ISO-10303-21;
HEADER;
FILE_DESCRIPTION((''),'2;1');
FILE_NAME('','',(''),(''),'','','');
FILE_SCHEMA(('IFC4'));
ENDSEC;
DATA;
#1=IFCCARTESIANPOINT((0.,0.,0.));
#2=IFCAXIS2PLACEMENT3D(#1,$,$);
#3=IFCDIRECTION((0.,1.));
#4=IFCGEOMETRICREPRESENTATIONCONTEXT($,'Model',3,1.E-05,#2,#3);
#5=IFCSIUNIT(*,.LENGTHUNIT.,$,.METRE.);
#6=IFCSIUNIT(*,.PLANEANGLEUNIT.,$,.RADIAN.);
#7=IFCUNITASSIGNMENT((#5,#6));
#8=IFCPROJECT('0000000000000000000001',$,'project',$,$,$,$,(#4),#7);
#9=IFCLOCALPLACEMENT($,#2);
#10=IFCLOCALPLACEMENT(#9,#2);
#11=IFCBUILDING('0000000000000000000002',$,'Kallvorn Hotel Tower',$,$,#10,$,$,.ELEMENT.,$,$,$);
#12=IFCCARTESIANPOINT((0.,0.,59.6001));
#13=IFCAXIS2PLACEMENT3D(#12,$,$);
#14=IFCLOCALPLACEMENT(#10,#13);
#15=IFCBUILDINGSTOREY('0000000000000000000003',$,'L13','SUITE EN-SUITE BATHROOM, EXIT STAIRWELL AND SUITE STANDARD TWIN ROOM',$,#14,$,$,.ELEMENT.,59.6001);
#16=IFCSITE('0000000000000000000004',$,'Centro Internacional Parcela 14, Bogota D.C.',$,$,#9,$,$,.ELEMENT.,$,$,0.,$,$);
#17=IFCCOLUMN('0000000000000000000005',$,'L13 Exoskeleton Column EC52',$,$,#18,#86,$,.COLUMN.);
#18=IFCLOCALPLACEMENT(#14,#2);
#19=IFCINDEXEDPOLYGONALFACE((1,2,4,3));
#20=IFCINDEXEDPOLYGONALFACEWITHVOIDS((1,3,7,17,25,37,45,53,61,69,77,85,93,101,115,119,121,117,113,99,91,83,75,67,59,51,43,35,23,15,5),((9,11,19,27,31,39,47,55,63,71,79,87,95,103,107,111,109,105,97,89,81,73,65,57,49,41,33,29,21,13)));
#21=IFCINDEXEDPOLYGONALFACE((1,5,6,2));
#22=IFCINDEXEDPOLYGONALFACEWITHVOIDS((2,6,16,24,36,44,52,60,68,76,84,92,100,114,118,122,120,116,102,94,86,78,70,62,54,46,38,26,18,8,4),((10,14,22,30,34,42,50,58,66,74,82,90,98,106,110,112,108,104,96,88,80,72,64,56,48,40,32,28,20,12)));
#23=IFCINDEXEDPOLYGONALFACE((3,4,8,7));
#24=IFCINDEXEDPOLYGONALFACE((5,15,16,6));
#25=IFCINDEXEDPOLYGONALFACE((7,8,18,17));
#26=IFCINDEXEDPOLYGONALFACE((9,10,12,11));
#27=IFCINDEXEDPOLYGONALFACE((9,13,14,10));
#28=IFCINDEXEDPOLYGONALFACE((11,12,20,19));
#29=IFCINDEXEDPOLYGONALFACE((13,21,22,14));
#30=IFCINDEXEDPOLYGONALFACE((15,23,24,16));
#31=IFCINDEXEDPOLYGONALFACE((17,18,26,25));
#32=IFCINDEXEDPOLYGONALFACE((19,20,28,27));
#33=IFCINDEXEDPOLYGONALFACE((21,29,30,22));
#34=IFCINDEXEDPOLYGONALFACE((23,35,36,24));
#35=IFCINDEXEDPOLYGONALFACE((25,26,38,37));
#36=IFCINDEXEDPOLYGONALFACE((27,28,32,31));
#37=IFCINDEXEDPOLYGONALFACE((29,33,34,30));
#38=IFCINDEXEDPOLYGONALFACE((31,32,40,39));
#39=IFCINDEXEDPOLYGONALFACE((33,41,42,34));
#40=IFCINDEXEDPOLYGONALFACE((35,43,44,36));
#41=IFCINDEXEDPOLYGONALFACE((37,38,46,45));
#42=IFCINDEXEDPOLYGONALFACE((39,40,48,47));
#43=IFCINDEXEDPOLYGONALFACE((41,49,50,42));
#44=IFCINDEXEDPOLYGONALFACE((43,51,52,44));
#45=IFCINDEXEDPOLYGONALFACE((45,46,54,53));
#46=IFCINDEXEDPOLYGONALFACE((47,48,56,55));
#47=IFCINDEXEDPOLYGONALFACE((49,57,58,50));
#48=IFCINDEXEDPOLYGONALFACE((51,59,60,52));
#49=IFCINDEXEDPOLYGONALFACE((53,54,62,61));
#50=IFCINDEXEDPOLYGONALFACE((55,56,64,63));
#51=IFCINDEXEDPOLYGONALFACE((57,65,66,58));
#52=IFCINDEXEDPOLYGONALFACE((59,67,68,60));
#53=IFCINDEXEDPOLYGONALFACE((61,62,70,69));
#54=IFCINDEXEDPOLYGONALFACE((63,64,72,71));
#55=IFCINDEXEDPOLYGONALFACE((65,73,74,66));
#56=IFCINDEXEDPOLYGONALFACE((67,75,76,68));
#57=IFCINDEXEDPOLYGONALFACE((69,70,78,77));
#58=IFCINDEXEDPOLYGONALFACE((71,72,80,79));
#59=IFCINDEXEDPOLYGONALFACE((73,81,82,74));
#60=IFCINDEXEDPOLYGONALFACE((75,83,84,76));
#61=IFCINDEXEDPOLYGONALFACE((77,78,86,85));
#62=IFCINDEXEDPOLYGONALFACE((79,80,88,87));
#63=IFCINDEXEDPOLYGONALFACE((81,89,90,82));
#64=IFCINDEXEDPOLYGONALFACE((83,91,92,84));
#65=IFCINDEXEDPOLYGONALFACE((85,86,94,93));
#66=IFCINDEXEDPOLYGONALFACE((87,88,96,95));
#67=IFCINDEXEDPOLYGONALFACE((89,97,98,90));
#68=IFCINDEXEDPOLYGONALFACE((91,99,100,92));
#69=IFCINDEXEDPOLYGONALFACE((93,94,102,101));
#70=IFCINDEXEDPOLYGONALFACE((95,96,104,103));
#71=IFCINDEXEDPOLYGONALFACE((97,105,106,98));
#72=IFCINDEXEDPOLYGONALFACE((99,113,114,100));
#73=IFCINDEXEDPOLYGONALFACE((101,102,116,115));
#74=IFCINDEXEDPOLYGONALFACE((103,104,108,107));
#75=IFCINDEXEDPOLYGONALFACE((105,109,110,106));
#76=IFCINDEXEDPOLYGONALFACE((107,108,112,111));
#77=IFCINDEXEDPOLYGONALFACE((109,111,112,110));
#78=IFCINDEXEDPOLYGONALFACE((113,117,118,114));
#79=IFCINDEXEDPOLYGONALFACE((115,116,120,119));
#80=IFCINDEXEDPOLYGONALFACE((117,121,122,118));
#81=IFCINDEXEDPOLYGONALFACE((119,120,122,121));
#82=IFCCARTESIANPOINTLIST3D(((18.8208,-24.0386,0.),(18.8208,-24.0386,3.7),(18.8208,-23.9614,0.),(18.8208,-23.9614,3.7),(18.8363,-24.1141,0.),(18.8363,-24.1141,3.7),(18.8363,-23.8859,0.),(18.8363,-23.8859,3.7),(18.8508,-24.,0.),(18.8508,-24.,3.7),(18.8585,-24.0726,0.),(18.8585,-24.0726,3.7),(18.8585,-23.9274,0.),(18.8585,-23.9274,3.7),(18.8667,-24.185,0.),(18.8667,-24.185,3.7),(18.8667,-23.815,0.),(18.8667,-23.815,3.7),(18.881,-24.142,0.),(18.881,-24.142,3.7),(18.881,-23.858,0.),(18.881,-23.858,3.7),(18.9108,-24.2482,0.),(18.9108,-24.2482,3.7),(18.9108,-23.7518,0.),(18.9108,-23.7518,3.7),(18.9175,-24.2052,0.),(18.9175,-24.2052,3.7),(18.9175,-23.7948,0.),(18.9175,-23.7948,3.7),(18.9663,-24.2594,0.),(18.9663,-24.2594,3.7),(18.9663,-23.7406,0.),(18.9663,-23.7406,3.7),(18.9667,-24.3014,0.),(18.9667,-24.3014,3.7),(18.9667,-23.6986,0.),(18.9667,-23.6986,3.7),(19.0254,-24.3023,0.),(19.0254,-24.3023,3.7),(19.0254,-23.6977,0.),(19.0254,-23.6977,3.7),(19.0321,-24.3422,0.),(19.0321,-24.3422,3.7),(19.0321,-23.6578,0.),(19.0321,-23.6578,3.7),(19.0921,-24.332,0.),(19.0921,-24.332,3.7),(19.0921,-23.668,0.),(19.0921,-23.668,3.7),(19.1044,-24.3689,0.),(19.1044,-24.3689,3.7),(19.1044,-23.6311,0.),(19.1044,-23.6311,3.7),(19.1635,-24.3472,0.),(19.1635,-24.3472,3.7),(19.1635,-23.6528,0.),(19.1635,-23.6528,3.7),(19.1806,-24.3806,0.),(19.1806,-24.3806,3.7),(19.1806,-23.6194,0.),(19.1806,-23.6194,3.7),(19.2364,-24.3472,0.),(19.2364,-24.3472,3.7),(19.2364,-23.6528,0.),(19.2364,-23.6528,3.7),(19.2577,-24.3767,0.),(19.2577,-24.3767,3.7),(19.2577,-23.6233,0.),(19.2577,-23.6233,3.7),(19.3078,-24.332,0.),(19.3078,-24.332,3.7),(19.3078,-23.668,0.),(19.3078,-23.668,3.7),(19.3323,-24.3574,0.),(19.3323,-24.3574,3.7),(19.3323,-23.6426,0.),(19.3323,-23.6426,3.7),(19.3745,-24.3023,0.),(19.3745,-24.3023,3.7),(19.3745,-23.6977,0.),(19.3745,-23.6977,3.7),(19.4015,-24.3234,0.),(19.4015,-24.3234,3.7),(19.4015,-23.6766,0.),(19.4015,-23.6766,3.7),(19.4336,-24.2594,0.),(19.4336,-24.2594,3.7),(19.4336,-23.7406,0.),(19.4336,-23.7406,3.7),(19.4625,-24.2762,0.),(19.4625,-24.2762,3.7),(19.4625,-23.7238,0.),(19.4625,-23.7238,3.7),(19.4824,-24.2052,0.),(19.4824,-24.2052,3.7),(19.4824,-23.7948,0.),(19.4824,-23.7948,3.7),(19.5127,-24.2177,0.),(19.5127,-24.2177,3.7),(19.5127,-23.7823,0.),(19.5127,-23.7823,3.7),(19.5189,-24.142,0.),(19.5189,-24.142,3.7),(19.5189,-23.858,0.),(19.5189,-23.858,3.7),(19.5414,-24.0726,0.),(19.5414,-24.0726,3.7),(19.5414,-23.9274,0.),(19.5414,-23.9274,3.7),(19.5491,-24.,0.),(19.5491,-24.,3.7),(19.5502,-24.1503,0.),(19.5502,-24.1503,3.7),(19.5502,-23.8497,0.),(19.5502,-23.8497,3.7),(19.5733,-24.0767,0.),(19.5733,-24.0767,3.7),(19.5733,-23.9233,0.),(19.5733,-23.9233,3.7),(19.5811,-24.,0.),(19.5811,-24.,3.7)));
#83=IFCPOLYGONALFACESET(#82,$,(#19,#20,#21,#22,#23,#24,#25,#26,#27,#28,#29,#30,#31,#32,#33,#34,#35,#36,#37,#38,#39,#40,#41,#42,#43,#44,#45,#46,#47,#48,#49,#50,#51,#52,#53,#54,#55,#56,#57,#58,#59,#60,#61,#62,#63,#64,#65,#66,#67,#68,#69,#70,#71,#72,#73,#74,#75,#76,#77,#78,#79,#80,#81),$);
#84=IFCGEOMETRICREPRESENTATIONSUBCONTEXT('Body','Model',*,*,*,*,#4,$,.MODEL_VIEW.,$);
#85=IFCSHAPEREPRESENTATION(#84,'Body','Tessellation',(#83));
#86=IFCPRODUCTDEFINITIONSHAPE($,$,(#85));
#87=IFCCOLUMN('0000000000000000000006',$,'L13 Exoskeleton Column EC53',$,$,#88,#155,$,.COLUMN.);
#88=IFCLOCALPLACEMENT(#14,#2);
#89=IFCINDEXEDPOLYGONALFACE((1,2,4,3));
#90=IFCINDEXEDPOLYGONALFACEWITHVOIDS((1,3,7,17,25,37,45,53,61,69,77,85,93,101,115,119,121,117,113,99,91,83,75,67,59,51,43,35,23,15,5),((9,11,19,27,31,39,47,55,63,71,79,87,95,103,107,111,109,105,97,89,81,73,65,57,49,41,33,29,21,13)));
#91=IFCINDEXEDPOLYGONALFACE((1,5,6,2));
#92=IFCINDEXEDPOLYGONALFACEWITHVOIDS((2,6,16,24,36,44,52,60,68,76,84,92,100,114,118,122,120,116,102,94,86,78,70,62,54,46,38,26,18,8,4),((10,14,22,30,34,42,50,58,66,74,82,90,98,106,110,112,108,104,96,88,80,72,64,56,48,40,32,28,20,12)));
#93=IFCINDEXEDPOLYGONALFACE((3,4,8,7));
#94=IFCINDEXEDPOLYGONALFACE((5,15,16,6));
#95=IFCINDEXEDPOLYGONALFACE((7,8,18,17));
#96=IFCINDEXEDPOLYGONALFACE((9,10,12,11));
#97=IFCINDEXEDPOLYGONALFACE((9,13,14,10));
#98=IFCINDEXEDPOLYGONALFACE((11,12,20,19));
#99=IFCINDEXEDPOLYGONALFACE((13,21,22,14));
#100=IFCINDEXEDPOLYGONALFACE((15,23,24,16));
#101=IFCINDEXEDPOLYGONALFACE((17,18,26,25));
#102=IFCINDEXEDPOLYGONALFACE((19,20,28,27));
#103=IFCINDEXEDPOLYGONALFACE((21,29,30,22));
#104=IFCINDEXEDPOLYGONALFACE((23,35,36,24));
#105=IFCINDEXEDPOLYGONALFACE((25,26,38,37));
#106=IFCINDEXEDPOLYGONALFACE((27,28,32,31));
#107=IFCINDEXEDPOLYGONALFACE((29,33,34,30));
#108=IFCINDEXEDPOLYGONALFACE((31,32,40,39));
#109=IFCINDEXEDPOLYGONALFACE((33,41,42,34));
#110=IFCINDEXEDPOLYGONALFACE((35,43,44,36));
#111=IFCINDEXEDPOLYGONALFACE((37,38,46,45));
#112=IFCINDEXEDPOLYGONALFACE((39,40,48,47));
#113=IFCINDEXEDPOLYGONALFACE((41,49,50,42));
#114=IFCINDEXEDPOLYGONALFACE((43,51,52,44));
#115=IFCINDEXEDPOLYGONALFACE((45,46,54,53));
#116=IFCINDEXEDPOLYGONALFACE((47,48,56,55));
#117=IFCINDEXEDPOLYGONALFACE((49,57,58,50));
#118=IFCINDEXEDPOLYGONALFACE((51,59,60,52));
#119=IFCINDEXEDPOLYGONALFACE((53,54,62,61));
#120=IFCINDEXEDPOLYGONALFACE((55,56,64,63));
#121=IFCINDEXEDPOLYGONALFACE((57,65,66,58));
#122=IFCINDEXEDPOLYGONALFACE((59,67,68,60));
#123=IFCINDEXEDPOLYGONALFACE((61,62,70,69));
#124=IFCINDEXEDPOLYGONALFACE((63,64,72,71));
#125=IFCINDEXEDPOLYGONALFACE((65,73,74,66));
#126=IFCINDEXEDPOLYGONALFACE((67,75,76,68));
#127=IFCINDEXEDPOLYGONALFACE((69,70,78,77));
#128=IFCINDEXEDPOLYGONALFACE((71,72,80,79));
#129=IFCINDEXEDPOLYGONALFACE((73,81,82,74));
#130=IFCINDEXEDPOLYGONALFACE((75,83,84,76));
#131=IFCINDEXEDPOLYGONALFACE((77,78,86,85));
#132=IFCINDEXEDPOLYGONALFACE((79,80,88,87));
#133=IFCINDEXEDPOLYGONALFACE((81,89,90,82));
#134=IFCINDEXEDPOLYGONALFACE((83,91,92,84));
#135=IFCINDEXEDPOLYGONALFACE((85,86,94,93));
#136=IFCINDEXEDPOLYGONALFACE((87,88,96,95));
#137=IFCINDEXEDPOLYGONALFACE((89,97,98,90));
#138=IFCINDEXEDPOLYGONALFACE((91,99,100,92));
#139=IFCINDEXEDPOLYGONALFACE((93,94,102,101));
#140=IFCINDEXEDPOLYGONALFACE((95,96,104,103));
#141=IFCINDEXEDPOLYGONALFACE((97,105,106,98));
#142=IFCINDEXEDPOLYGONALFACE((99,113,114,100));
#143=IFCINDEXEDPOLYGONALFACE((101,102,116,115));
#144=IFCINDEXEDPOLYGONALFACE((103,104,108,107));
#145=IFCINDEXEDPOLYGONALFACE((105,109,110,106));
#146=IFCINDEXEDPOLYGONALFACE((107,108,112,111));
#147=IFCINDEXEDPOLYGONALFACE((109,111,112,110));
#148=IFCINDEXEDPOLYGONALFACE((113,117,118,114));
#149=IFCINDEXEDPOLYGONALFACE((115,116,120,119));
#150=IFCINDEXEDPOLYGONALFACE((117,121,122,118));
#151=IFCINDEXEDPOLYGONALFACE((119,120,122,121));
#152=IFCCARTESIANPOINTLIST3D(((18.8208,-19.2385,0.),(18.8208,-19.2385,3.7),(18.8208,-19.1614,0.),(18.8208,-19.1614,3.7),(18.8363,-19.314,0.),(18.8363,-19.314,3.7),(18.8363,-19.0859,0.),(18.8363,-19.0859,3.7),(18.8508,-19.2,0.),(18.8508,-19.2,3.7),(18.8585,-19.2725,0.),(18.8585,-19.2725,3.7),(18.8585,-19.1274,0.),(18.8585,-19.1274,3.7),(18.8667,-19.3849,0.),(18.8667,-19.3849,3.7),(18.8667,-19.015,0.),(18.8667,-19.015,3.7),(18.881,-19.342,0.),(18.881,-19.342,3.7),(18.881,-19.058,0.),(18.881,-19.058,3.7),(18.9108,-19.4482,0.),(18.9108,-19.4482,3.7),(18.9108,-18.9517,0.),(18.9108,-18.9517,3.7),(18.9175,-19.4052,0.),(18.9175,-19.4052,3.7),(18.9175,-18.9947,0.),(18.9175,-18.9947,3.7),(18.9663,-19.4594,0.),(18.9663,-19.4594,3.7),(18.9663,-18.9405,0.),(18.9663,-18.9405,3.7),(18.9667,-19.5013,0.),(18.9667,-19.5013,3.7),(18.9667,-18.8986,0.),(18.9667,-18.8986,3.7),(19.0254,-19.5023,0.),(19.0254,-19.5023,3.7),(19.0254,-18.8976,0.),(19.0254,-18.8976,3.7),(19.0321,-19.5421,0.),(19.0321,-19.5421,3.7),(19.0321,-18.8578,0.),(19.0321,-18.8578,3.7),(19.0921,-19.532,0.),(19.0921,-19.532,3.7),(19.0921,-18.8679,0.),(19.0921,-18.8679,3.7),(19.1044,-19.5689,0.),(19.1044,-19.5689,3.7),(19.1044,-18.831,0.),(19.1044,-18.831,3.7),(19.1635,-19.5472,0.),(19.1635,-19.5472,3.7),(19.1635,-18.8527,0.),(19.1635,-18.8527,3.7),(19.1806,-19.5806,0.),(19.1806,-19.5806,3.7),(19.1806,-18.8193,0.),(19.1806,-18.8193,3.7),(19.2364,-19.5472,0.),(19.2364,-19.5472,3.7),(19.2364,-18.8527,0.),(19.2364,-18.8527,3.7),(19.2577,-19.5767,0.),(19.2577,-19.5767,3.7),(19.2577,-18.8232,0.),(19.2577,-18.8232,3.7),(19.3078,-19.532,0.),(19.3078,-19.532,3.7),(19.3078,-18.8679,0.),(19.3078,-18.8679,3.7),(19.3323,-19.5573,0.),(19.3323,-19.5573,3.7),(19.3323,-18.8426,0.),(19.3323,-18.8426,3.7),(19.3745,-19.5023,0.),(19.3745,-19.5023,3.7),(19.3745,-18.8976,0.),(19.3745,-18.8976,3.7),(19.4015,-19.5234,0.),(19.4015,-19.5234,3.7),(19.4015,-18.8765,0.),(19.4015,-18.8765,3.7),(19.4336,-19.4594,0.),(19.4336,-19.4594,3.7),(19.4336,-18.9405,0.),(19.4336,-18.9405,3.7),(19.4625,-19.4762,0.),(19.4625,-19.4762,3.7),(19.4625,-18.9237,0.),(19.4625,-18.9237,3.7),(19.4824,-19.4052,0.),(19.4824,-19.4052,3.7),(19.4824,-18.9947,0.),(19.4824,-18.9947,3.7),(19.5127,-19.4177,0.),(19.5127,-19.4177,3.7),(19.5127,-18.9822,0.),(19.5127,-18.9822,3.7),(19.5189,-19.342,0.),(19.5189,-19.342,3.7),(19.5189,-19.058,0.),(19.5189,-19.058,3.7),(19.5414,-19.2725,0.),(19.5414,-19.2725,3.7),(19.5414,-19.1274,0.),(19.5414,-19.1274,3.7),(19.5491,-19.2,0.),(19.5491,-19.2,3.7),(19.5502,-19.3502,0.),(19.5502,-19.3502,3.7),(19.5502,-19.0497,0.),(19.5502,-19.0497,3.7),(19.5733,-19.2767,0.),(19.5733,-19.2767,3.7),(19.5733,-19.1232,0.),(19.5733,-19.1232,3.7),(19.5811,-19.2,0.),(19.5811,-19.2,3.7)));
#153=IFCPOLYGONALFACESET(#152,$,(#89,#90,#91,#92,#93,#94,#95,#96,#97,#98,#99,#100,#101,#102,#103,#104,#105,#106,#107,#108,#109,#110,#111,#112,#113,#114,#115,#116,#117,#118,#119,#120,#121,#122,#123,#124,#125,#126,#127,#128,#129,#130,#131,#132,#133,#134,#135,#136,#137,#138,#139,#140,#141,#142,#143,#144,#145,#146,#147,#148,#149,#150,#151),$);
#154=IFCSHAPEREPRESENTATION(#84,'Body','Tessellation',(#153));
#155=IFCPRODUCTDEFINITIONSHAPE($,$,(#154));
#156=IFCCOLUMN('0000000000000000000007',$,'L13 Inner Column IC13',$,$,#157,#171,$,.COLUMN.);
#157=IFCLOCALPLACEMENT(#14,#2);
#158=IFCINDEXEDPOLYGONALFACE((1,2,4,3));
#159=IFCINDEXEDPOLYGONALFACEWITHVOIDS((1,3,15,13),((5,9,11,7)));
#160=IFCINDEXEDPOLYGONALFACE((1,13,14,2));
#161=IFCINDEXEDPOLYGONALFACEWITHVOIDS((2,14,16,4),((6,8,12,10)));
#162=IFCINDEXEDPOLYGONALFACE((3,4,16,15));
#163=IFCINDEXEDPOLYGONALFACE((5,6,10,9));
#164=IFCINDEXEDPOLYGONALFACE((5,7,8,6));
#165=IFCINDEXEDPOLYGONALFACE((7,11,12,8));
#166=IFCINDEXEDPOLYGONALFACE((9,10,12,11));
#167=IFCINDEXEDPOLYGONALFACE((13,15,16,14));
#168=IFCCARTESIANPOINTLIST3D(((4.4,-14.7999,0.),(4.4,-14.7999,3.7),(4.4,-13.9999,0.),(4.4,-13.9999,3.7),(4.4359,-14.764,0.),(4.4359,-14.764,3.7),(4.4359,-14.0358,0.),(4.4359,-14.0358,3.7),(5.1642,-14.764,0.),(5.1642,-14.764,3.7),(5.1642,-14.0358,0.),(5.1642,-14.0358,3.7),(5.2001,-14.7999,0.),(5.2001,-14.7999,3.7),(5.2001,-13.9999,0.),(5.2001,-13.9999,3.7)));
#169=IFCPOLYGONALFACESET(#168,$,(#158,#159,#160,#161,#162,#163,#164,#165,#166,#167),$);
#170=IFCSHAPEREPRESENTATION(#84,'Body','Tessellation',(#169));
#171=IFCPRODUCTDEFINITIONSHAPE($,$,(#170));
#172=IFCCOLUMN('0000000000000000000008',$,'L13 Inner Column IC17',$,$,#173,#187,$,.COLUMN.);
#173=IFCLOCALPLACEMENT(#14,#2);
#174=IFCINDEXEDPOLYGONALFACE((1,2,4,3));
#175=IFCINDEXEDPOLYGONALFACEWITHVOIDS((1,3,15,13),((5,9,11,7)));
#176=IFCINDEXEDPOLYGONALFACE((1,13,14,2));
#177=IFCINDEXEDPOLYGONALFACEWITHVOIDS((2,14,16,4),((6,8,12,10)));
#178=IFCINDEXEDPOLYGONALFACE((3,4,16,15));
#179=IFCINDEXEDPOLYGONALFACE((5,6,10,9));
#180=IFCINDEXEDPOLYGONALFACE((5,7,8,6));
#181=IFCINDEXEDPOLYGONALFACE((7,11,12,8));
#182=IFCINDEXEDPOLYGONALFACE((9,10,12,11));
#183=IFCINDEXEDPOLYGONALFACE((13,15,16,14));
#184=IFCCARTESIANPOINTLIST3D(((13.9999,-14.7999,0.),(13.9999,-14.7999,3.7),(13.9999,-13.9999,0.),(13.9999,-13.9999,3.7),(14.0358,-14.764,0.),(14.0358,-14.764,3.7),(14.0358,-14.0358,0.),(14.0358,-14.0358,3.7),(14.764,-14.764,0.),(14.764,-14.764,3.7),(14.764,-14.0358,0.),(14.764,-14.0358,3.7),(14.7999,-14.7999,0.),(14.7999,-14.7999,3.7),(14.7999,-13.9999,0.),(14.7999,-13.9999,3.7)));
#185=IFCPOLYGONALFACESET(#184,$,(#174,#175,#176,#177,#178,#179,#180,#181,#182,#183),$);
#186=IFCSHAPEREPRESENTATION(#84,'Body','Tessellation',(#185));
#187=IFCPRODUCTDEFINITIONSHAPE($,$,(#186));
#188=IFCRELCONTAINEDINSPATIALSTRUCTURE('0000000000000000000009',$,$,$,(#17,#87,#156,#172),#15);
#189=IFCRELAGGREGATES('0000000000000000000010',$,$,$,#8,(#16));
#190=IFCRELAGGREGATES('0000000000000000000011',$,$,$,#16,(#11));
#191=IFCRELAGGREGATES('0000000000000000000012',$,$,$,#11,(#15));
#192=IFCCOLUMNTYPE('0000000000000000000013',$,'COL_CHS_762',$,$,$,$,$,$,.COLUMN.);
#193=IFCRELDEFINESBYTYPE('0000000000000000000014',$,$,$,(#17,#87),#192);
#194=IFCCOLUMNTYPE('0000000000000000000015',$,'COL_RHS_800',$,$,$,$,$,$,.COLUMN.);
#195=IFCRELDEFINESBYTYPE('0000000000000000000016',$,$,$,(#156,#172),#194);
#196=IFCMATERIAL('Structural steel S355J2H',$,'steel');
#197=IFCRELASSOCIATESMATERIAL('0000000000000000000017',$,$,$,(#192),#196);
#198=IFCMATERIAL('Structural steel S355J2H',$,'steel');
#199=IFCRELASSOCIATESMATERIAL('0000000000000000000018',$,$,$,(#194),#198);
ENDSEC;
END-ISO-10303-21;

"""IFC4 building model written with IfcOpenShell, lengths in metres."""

from ifc_helpers import new_model, si_unit, direction, frame, origin, origin_2d, place, context, subcontext, project, spatial, hollow_rectangle, hollow_circle, extrude, material, material_profile, profile_set, type_object, element, save


model = new_model("IFC4")

# Units and contexts
model_context = context("Model", 3, precision=1e-05, world=origin(), true_north=direction((0.0, 1.0)))
body_context = subcontext(model_context, "Body", "Model", "MODEL_VIEW")
ifc_project = project(units=[si_unit("LENGTHUNIT", "METRE"), si_unit("PLANEANGLEUNIT", "RADIAN")], contexts=[model_context])

# Site, building, storey
site_placement = place(None, origin())
site = spatial("IfcSite", under=ifc_project, at=site_placement, Name="Centro Internacional Parcela 14, Bogota D.C.", CompositionType="ELEMENT", RefElevation=0.0)
building_placement = place(site_placement, origin())
building = spatial("IfcBuilding", under=site, at=building_placement, Name="Kallvorn Hotel Tower", CompositionType="ELEMENT")
storey_placement = place(building_placement, frame((0.0, 0.0, 59.6001)))
storey = spatial("IfcBuildingStorey", under=building, at=storey_placement, Name="L13", Description="SUITE EN-SUITE BATHROOM, EXIT STAIRWELL AND SUITE STANDARD TWIN ROOM", CompositionType="ELEMENT", Elevation=59.6001)

# Columns
ifc_material_1 = material(Name="Structural steel S355J2H", Category="steel")
ifc_material_profile_1 = material_profile(ifc_material_1, hollow_circle(Radius=0.3811, WallThickness=0.032, at=origin_2d()), Name="CHS 762x32")
ifc_profile_set_1 = profile_set([ifc_material_profile_1], Name="Structural steel S355J2H")
column_type_1 = type_object("IfcColumnType", Name="COL_CHS_762", PredefinedType="COLUMN", material=ifc_profile_set_1)
for number, where, z_axis, x_axis, name in (
    (1, (19.2, -24.0, 0.0), (0.0, 0.0, 1.0), (1.0, 0.0, 0.0), "L13 Exoskeleton Column EC52"),
    (2, (19.2, -19.2, 0.0), (0.0, 0.0, 1.0), (1.0, 0.0, 0.0), "L13 Exoskeleton Column EC53"),
):
    element("IfcColumn", number, at=place(storey_placement, frame(where, z_axis=z_axis, x_axis=x_axis)), inside=storey, type_object=column_type_1, Name=name, PredefinedType="COLUMN", context=body_context, shape_type="SweptSolid", body=[
        extrude(hollow_circle(Radius=0.3811, WallThickness=0.032, at=origin_2d()), origin(), (0.0, 0.0, 1.0), 3.7),
    ])
ifc_material_2 = material(Name="Structural steel S355J2H", Category="steel")
ifc_material_profile_2 = material_profile(ifc_material_2, hollow_rectangle(XDim=0.8, YDim=0.8, WallThickness=0.0359, at=origin_2d()), Name="RHS 800x800x36")
ifc_profile_set_2 = profile_set([ifc_material_profile_2], Name="Structural steel S355J2H")
column_type_2 = type_object("IfcColumnType", Name="COL_RHS_800", PredefinedType="COLUMN", material=ifc_profile_set_2)
for number, where, z_axis, x_axis, name in (
    (3, (4.8, -14.3999, 0.0), (0.0, 0.0, 1.0), (1.0, 0.0, 0.0), "L13 Inner Column IC13"),
    (4, (14.3999, -14.3999, 0.0), (0.0, 0.0, 1.0), (1.0, 0.0, 0.0), "L13 Inner Column IC17"),
):
    element("IfcColumn", number, at=place(storey_placement, frame(where, z_axis=z_axis, x_axis=x_axis)), inside=storey, type_object=column_type_2, Name=name, PredefinedType="COLUMN", context=body_context, shape_type="SweptSolid", body=[
        extrude(hollow_rectangle(XDim=0.8, YDim=0.8, WallThickness=0.0359, at=origin_2d()), origin(), (0.0, 0.0, 1.0), 3.7),
    ])

save(model, "model.ifc")
